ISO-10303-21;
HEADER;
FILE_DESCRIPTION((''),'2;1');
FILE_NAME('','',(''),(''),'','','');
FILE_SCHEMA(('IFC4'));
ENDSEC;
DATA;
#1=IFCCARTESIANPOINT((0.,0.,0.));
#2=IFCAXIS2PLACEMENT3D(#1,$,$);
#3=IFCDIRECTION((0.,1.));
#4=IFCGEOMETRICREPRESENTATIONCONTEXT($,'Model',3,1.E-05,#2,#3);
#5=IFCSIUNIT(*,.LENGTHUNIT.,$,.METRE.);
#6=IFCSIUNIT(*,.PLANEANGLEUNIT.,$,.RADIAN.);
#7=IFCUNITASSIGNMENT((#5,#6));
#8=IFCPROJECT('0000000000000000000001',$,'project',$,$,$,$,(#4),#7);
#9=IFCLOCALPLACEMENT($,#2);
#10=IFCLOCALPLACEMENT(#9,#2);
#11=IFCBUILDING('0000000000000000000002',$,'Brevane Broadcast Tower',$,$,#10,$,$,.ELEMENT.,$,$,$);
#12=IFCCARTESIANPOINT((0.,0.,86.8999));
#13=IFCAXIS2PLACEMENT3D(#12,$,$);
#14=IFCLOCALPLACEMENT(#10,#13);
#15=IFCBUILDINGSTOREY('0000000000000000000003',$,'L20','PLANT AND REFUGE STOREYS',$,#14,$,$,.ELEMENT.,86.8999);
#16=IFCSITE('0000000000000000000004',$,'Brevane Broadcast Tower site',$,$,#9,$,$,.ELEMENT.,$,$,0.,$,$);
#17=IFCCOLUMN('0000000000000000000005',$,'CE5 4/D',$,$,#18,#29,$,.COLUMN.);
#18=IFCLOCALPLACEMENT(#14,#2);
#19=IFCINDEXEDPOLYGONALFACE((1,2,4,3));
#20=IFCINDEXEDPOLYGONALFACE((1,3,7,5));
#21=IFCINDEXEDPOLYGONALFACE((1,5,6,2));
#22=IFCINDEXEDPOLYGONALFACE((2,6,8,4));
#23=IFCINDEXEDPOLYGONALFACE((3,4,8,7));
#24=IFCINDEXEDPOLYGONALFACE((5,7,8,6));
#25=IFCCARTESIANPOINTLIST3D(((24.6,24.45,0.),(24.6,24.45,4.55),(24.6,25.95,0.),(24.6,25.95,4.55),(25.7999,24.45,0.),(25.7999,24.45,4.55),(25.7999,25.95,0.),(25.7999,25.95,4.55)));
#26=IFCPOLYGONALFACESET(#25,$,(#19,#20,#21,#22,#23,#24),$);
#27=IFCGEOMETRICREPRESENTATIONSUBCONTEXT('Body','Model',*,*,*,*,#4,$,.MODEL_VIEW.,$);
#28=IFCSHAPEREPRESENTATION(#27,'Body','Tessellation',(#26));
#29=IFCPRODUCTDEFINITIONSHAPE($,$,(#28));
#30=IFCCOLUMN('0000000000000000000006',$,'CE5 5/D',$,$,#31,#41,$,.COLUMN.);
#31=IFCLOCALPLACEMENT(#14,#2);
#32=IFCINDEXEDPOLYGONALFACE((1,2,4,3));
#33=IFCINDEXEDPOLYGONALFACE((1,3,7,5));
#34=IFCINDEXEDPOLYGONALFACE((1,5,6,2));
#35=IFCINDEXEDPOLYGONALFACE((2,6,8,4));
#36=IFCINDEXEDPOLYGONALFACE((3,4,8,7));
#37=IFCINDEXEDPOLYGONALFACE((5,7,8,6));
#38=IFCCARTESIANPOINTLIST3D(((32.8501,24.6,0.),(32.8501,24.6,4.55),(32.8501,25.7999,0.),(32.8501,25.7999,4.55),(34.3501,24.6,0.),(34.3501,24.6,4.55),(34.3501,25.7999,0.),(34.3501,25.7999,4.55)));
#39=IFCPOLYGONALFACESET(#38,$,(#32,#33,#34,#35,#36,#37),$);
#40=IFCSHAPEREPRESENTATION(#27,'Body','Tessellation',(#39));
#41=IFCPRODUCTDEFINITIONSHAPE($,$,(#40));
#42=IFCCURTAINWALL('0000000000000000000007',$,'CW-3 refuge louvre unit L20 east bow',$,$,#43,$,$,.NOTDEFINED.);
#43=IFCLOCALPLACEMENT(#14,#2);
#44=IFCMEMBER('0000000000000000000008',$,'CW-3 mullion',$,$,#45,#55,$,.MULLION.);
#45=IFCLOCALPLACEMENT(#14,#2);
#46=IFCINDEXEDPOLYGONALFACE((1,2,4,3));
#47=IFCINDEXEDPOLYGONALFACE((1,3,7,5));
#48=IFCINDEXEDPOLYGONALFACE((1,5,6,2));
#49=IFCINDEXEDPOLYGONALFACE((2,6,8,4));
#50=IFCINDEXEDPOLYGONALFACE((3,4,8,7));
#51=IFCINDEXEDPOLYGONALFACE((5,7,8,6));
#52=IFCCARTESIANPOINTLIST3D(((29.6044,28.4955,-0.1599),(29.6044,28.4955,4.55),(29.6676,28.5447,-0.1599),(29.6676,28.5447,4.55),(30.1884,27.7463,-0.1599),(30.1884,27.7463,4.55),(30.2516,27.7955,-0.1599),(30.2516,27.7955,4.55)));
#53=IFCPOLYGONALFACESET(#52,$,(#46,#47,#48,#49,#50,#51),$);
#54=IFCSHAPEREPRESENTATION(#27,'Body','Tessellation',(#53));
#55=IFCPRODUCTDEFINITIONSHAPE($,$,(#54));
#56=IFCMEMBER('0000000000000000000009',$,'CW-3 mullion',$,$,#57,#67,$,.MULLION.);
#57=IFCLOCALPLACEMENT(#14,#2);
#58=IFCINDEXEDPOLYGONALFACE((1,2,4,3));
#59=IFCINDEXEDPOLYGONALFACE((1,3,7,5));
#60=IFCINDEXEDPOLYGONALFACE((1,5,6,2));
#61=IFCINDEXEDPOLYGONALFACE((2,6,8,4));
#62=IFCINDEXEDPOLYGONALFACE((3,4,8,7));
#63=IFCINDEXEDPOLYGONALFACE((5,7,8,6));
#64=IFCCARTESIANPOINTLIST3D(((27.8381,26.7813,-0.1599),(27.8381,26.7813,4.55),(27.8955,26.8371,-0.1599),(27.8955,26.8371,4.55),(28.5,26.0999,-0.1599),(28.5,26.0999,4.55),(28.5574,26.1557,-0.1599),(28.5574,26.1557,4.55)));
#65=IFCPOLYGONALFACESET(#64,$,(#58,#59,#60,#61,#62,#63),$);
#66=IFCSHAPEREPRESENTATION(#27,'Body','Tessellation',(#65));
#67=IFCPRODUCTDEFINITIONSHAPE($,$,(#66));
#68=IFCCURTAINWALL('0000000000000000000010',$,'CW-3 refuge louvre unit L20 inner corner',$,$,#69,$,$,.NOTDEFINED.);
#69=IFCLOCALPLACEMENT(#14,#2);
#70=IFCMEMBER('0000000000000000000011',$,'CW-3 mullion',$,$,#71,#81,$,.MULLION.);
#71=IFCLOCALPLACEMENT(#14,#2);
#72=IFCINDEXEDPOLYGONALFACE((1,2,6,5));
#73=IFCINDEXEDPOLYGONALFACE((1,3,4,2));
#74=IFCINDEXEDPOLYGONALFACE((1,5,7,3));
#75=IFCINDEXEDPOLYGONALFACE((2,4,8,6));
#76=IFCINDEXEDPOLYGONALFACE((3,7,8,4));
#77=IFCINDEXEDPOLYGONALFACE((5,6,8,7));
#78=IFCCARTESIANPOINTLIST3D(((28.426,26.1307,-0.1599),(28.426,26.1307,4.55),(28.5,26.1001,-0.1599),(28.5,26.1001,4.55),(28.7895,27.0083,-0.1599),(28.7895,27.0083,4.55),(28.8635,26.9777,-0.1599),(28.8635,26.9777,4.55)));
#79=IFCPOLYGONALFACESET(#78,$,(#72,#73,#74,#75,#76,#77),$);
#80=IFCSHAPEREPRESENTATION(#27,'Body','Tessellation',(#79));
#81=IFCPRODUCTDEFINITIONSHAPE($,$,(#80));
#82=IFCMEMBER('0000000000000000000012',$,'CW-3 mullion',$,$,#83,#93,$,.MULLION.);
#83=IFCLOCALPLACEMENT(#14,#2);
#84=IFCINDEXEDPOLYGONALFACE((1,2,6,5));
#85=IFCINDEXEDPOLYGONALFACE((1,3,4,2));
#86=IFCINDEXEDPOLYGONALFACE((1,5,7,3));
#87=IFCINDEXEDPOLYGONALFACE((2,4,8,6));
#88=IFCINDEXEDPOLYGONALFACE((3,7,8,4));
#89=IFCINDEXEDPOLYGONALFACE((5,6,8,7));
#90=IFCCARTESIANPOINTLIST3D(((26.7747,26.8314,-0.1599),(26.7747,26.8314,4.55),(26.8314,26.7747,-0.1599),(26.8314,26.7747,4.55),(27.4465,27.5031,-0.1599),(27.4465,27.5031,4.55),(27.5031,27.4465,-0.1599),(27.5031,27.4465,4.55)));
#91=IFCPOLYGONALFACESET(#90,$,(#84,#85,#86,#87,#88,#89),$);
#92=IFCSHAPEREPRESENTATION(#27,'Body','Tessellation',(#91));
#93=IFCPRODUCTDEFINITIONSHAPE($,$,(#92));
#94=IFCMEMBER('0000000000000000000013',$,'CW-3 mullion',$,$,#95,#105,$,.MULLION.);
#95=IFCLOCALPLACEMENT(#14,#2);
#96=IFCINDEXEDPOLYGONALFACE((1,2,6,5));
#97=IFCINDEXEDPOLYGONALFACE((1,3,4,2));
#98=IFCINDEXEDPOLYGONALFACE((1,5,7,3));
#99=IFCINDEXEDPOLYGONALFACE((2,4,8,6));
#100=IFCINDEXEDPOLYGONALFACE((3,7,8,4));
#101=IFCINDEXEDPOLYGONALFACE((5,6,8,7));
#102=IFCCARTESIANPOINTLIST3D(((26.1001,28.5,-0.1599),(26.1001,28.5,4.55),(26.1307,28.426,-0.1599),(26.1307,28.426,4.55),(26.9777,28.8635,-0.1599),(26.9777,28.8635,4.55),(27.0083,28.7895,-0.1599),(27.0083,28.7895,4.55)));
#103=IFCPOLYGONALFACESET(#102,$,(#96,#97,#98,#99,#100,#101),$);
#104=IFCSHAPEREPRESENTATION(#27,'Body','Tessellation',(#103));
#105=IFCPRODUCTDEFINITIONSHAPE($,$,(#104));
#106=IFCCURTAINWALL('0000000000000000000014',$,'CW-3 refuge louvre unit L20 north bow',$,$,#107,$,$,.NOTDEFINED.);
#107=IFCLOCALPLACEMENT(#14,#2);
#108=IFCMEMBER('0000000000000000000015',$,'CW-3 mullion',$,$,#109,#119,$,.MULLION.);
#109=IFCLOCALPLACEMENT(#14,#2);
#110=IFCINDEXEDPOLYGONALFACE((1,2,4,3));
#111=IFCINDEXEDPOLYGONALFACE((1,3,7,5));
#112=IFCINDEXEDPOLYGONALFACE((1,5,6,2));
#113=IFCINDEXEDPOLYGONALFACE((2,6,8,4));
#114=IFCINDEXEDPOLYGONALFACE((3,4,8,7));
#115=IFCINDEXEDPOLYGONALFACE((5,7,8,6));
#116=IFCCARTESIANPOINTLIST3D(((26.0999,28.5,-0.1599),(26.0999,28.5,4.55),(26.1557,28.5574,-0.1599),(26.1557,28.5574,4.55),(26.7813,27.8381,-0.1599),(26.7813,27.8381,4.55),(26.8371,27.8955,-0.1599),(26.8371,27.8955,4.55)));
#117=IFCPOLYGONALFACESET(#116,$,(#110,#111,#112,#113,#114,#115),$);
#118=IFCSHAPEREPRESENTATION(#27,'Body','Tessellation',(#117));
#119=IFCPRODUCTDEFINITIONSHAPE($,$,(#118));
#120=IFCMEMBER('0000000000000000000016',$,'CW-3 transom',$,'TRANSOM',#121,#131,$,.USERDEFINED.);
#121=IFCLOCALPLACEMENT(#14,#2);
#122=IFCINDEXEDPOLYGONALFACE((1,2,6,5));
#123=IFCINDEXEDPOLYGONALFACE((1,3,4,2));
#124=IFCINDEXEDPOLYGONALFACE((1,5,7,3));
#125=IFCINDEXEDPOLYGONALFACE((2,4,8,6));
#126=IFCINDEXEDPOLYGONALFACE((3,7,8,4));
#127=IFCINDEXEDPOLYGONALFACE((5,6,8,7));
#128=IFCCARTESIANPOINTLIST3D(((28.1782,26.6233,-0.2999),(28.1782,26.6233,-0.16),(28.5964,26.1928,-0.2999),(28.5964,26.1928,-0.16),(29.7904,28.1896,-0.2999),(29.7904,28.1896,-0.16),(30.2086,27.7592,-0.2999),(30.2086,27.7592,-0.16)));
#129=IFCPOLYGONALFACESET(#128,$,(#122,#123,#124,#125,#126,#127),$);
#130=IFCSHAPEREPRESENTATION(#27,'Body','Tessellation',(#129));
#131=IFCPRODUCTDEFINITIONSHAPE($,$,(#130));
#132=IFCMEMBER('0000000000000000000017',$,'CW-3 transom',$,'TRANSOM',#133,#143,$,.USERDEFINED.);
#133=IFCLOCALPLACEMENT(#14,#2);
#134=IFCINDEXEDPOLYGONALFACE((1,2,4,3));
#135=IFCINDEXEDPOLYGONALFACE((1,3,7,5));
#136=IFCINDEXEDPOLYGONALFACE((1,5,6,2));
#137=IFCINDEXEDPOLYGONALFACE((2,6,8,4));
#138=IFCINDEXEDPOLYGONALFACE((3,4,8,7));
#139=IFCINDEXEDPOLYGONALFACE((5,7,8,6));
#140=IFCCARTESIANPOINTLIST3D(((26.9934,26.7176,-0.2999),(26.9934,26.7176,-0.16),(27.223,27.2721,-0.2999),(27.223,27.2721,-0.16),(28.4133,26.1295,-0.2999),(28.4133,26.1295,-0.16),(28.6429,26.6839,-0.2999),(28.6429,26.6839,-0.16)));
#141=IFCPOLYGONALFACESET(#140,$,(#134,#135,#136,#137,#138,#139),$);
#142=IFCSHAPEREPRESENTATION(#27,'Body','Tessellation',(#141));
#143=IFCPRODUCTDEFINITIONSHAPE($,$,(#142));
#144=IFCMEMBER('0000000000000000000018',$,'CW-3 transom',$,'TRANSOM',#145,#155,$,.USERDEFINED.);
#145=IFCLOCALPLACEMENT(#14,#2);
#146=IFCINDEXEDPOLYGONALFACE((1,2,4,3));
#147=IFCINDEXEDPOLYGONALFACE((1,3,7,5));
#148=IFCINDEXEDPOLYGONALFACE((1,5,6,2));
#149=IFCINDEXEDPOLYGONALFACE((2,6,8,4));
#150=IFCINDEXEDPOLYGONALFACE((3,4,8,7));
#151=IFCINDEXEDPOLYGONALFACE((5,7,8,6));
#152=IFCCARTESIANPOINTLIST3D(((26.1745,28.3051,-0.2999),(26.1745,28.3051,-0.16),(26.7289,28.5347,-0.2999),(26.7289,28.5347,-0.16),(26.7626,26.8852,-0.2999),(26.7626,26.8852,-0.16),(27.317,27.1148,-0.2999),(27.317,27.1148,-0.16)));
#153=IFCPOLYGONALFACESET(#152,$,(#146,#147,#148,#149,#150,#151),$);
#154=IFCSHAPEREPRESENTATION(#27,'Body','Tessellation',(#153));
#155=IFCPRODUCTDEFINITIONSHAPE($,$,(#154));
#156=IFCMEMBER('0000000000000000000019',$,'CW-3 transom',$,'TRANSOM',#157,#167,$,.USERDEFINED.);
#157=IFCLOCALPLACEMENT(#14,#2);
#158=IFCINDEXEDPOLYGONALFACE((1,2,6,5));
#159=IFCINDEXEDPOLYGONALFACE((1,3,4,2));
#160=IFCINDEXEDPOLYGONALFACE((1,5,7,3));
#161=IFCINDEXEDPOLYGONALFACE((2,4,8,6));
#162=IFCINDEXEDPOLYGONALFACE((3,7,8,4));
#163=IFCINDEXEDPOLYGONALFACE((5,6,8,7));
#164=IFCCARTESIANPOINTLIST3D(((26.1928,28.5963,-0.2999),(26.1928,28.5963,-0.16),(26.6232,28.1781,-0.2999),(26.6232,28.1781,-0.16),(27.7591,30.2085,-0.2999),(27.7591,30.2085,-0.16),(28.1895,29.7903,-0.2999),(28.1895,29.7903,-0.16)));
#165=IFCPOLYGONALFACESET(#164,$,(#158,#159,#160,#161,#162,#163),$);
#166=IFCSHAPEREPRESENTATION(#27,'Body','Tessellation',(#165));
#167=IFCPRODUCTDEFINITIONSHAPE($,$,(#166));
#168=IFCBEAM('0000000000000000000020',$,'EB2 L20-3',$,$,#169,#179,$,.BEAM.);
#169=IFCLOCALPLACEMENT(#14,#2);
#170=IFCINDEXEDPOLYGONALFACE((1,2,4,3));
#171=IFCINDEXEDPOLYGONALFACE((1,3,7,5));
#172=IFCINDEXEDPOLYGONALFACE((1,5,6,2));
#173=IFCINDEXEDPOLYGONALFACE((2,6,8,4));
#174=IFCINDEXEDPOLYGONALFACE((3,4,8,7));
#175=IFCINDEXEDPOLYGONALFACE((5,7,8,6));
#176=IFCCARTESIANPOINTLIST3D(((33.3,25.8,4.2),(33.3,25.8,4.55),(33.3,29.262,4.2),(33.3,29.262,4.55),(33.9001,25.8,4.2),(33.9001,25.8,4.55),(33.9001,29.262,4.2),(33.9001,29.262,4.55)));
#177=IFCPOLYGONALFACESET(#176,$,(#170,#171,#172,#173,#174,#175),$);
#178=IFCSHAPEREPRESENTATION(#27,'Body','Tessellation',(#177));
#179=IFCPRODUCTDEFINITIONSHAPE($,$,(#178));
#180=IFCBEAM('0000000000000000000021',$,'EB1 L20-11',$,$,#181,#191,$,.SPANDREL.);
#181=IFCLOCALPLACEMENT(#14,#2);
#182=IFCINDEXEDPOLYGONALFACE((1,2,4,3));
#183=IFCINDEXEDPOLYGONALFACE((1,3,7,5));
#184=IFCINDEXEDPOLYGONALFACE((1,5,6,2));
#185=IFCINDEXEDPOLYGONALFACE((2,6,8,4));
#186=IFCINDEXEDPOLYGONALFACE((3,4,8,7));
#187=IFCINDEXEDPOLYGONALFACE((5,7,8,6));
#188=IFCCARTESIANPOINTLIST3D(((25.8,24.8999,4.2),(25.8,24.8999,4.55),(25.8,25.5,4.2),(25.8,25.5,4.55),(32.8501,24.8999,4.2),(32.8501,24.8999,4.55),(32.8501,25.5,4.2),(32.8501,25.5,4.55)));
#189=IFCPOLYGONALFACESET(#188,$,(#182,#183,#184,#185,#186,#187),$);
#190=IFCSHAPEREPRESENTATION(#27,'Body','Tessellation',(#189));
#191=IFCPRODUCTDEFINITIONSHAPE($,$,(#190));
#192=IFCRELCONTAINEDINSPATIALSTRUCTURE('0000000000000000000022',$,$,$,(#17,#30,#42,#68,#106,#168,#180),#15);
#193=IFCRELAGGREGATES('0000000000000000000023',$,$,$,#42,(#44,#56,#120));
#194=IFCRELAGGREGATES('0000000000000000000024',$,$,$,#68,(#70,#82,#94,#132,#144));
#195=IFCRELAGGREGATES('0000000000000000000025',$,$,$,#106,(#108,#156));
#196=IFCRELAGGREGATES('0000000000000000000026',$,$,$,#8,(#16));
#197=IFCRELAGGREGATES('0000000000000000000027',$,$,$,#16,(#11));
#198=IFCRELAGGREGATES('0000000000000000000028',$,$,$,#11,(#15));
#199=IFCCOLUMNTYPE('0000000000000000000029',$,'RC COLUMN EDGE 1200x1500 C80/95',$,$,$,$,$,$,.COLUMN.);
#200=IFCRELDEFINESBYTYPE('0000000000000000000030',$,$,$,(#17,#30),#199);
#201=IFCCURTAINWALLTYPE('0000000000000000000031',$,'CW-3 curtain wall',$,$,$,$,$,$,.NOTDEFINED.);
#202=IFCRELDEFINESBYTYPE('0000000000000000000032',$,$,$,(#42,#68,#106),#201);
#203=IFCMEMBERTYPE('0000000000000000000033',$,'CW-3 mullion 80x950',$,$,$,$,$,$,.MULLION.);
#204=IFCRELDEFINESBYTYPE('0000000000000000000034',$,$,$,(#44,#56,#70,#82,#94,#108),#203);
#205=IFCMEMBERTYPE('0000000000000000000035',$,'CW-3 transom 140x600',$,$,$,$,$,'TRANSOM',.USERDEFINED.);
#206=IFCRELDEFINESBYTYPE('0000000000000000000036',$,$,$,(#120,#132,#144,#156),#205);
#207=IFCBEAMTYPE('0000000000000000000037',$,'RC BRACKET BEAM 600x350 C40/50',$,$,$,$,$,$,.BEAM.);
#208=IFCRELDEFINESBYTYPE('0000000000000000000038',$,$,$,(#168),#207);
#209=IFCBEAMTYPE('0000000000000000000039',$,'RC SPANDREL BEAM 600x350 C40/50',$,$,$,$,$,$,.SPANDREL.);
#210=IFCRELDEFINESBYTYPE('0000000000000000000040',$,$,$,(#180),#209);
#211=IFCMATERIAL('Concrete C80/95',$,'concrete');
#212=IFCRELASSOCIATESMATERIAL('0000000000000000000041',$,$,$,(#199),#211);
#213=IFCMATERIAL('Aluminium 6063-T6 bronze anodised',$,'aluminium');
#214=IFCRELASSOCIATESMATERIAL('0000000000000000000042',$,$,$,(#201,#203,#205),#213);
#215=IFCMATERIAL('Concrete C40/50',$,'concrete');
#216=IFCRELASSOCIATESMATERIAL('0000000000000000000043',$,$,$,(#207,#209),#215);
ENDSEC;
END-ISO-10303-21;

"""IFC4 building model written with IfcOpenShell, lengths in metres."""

from ifc_helpers import new_model, si_unit, direction, frame, origin, origin_2d, place, context, subcontext, project, spatial, rectangle, extrude, material, material_profile, profile_set, type_object, element, aggregate, save


model = new_model("IFC4")

# Units and contexts
model_context = context("Model", 3, precision=1e-05, world=origin(), true_north=direction((0.0, 1.0)))
body_context = subcontext(model_context, "Body", "Model", "MODEL_VIEW")
ifc_project = project(units=[si_unit("LENGTHUNIT", "METRE"), si_unit("PLANEANGLEUNIT", "RADIAN")], contexts=[model_context])

# Site, building, storey
site_placement = place(None, origin())
site = spatial("IfcSite", under=ifc_project, at=site_placement, Name="Brevane Broadcast Tower site", CompositionType="ELEMENT", RefElevation=0.0)
building_placement = place(site_placement, origin())
building = spatial("IfcBuilding", under=site, at=building_placement, Name="Brevane Broadcast Tower", CompositionType="ELEMENT")
storey_placement = place(building_placement, frame((0.0, 0.0, 86.8999)))
storey = spatial("IfcBuildingStorey", under=building, at=storey_placement, Name="L20", Description="PLANT AND REFUGE STOREYS", CompositionType="ELEMENT", Elevation=86.8999)

# Columns
ifc_material_1 = material(Name="Concrete C80/95", Category="concrete")
ifc_material_profile_1 = material_profile(ifc_material_1, rectangle(XDim=1.2, YDim=1.5, at=origin_2d()), Name="RC 1200x1500")
ifc_profile_set_1 = profile_set([ifc_material_profile_1], Name="Concrete C80/95")
column_type = type_object("IfcColumnType", Name="RC COLUMN EDGE 1200x1500 C80/95", PredefinedType="COLUMN", material=ifc_profile_set_1)
for number, where, z_axis, x_axis, name in (
    (1, (25.2, 25.2, 0.0), (0.0, 0.0, 1.0), (1.0, 0.0, 0.0), "CE5 4/D"),
    (2, (33.6001, 25.2, 0.0), (0.0, 0.0, 1.0), (0.0, 1.0, 0.0), "CE5 5/D"),
):
    element("IfcColumn", number, at=place(storey_placement, frame(where, z_axis=z_axis, x_axis=x_axis)), inside=storey, type_object=column_type, Name=name, PredefinedType="COLUMN", context=body_context, shape_type="SweptSolid", body=[
        extrude(rectangle(XDim=1.2, YDim=1.5, at=origin_2d()), origin(), (0.0, 0.0, 1.0), 4.55),
    ])

# Curtain walls, members
ifc_material_2 = material(Name="Aluminium 6063-T6 bronze anodised", Category="aluminium")
curtain_wall_type = type_object("IfcCurtainWallType", Name="CW-3 curtain wall", PredefinedType="NOTDEFINED", material=ifc_material_2)
curtain_wall_1_placement = place(storey_placement, origin())
curtain_wall_1 = element("IfcCurtainWall", 3, at=curtain_wall_1_placement, inside=storey, type_object=curtain_wall_type, Name="CW-3 refuge louvre unit L20 east bow", PredefinedType="NOTDEFINED")
ifc_material_profile_2 = material_profile(ifc_material_2, rectangle(XDim=0.95, YDim=0.0801, at=origin_2d()), Name="RECT 80x950")
ifc_profile_set_2 = profile_set([ifc_material_profile_2], Name="Aluminium 6063-T6 bronze anodised")
member_type_1 = type_object("IfcMemberType", Name="CW-3 mullion 80x950", PredefinedType="MULLION", material=ifc_profile_set_2)
member_1_placement = place(storey_placement, frame((29.928, 28.1455, -0.1599), z_axis=(0.0, 0.0, 1.0), x_axis=(0.61477, -0.788707, 0.0)))
member_1 = element("IfcMember", 4, at=member_1_placement, type_object=member_type_1, Name="CW-3 mullion", PredefinedType="MULLION", context=body_context, shape_type="SweptSolid", body=[
    extrude(rectangle(XDim=0.95, YDim=0.0801, at=origin_2d()), origin(), (0.0, 0.0, 1.0), 4.71),
])
member_2_placement = place(storey_placement, frame((28.1978, 26.4685, -0.1599), z_axis=(0.0, 0.0, 1.0), x_axis=(0.696812, -0.717254, 0.0)))
member_2 = element("IfcMember", 5, at=member_2_placement, type_object=member_type_1, Name="CW-3 mullion", PredefinedType="MULLION", context=body_context, shape_type="SweptSolid", body=[
    extrude(rectangle(XDim=0.95, YDim=0.0801, at=origin_2d()), origin(), (0.0, 0.0, 1.0), 4.71),
])
curtain_wall_2_placement = place(storey_placement, origin())
curtain_wall_2 = element("IfcCurtainWall", 6, at=curtain_wall_2_placement, inside=storey, type_object=curtain_wall_type, Name="CW-3 refuge louvre unit L20 inner corner", PredefinedType="NOTDEFINED")
member_3_placement = place(storey_placement, frame((28.6448, 26.5542, -0.1599), z_axis=(0.0, 0.0, 1.0), x_axis=(-0.382684, -0.923879, 0.0)))
member_3 = element("IfcMember", 7, at=member_3_placement, type_object=member_type_1, Name="CW-3 mullion", PredefinedType="MULLION", context=body_context, shape_type="SweptSolid", body=[
    extrude(rectangle(XDim=0.95, YDim=0.0801, at=origin_2d()), origin(), (0.0, 0.0, 1.0), 4.71),
])
member_4_placement = place(storey_placement, frame((27.1389, 27.1389, -0.1599), z_axis=(0.0, 0.0, 1.0), x_axis=(-0.707107, -0.707107, 0.0)))
member_4 = element("IfcMember", 8, at=member_4_placement, type_object=member_type_1, Name="CW-3 mullion", PredefinedType="MULLION", context=body_context, shape_type="SweptSolid", body=[
    extrude(rectangle(XDim=0.95, YDim=0.0801, at=origin_2d()), origin(), (0.0, 0.0, 1.0), 4.71),
])
member_5_placement = place(storey_placement, frame((26.5542, 28.6448, -0.1599), z_axis=(0.0, 0.0, 1.0), x_axis=(-0.923879, -0.382684, 0.0)))
member_5 = element("IfcMember", 9, at=member_5_placement, type_object=member_type_1, Name="CW-3 mullion", PredefinedType="MULLION", context=body_context, shape_type="SweptSolid", body=[
    extrude(rectangle(XDim=0.95, YDim=0.0801, at=origin_2d()), origin(), (0.0, 0.0, 1.0), 4.71),
])

# Curtain wall, member
curtain_wall_3_placement = place(storey_placement, origin())
curtain_wall_3 = element("IfcCurtainWall", 10, at=curtain_wall_3_placement, inside=storey, type_object=curtain_wall_type, Name="CW-3 refuge louvre unit L20 north bow", PredefinedType="NOTDEFINED")
member_6_placement = place(storey_placement, frame((26.4685, 28.1978, -0.1599), z_axis=(0.0, 0.0, 1.0), x_axis=(-0.717254, 0.696812, 0.0)))
member_6 = element("IfcMember", 11, at=member_6_placement, type_object=member_type_1, Name="CW-3 mullion", PredefinedType="MULLION", context=body_context, shape_type="SweptSolid", body=[
    extrude(rectangle(XDim=0.95, YDim=0.0801, at=origin_2d()), origin(), (0.0, 0.0, 1.0), 4.71),
])

# Members
ifc_material_profile_3 = material_profile(ifc_material_2, rectangle(XDim=0.6001, YDim=0.1399, at=origin_2d()), Name="RECT 140x600")
ifc_profile_set_3 = profile_set([ifc_material_profile_3], Name="Aluminium 6063-T6 bronze anodised")
member_type_2 = type_object("IfcMemberType", Name="CW-3 transom 140x600", ElementType="TRANSOM", PredefinedType="USERDEFINED", material=ifc_profile_set_3)
member_7_placement = place(storey_placement, frame((29.9995, 27.9744, -0.23), z_axis=(-0.717242, -0.696824, 0.0), x_axis=(0.696824, -0.717242, 0.0)))
member_7 = element("IfcMember", 12, at=member_7_placement, type_object=member_type_2, Name="CW-3 transom", ObjectType="TRANSOM", PredefinedType="USERDEFINED", context=body_context, shape_type="SweptSolid", body=[
    extrude(rectangle(XDim=0.6001, YDim=0.1399, at=origin_2d()), origin(), (0.0, 0.0, 1.0), 2.2478),
])
aggregate(curtain_wall_1, [member_1, member_2, member_7])
member_8_placement = place(storey_placement, frame((28.5281, 26.4067, -0.23), z_axis=(-0.923883, 0.382674, 0.0), x_axis=(-0.382674, -0.923883, 0.0)))
member_8 = element("IfcMember", 13, at=member_8_placement, type_object=member_type_2, Name="CW-3 transom", ObjectType="TRANSOM", PredefinedType="USERDEFINED", context=body_context, shape_type="SweptSolid", body=[
    extrude(rectangle(XDim=0.6001, YDim=0.1399, at=origin_2d()), origin(), (0.0, 0.0, 1.0), 1.5369),
])
member_9_placement = place(storey_placement, frame((27.0398, 27.0, -0.23), z_axis=(-0.382674, 0.923883, 0.0), x_axis=(-0.923883, -0.382674, 0.0)))
member_9 = element("IfcMember", 14, at=member_9_placement, type_object=member_type_2, Name="CW-3 transom", ObjectType="TRANSOM", PredefinedType="USERDEFINED", context=body_context, shape_type="SweptSolid", body=[
    extrude(rectangle(XDim=0.6001, YDim=0.1399, at=origin_2d()), origin(), (0.0, 0.0, 1.0), 1.5369),
])
aggregate(curtain_wall_2, [member_3, member_4, member_5, member_8, member_9])
member_10_placement = place(storey_placement, frame((26.408, 28.3872, -0.23), z_axis=(0.696824, 0.717242, 0.0), x_axis=(-0.717242, 0.696824, 0.0)))
member_10 = element("IfcMember", 15, at=member_10_placement, type_object=member_type_2, Name="CW-3 transom", ObjectType="TRANSOM", PredefinedType="USERDEFINED", context=body_context, shape_type="SweptSolid", body=[
    extrude(rectangle(XDim=0.6001, YDim=0.1399, at=origin_2d()), origin(), (0.0, 0.0, 1.0), 2.2478),
])
aggregate(curtain_wall_3, [member_6, member_10])

# Beams
ifc_material_3 = material(Name="Concrete C40/50", Category="concrete")
ifc_material_profile_4 = material_profile(ifc_material_3, rectangle(XDim=0.6001, YDim=0.3501, at=origin_2d()), Name="RC 600x350")
ifc_profile_set_4 = profile_set([ifc_material_profile_4], Name="Concrete C40/50")
beam_type_1 = type_object("IfcBeamType", Name="RC BRACKET BEAM 600x350 C40/50", PredefinedType="BEAM", material=ifc_profile_set_4)
beam_1_placement = place(storey_placement, frame((33.6001, 25.8, 4.375), z_axis=(0.0, 1.0, 0.0), x_axis=(-1.0, 0.0, 0.0)))
element("IfcBeam", 16, at=beam_1_placement, inside=storey, type_object=beam_type_1, Name="EB2 L20-3", PredefinedType="BEAM", context=body_context, shape_type="SweptSolid", body=[
    extrude(rectangle(XDim=0.6001, YDim=0.3501, at=origin_2d()), origin(), (0.0, 0.0, 1.0), 3.4619),
])
ifc_material_profile_5 = material_profile(ifc_material_3, rectangle(XDim=0.6001, YDim=0.3501, at=origin_2d()), Name="RC 600x350")
ifc_profile_set_5 = profile_set([ifc_material_profile_5], Name="Concrete C40/50")
beam_type_2 = type_object("IfcBeamType", Name="RC SPANDREL BEAM 600x350 C40/50", PredefinedType="SPANDREL", material=ifc_profile_set_5)
beam_2_placement = place(storey_placement, frame((32.8501, 25.2, 4.375), z_axis=(-1.0, 0.0, 0.0), x_axis=(0.0, -1.0, 0.0)))
element("IfcBeam", 17, at=beam_2_placement, inside=storey, type_object=beam_type_2, Name="EB1 L20-11", PredefinedType="SPANDREL", context=body_context, shape_type="SweptSolid", body=[
    extrude(rectangle(XDim=0.6001, YDim=0.3501, at=origin_2d()), origin(), (0.0, 0.0, 1.0), 7.05),
])

save(model, "model.ifc")
